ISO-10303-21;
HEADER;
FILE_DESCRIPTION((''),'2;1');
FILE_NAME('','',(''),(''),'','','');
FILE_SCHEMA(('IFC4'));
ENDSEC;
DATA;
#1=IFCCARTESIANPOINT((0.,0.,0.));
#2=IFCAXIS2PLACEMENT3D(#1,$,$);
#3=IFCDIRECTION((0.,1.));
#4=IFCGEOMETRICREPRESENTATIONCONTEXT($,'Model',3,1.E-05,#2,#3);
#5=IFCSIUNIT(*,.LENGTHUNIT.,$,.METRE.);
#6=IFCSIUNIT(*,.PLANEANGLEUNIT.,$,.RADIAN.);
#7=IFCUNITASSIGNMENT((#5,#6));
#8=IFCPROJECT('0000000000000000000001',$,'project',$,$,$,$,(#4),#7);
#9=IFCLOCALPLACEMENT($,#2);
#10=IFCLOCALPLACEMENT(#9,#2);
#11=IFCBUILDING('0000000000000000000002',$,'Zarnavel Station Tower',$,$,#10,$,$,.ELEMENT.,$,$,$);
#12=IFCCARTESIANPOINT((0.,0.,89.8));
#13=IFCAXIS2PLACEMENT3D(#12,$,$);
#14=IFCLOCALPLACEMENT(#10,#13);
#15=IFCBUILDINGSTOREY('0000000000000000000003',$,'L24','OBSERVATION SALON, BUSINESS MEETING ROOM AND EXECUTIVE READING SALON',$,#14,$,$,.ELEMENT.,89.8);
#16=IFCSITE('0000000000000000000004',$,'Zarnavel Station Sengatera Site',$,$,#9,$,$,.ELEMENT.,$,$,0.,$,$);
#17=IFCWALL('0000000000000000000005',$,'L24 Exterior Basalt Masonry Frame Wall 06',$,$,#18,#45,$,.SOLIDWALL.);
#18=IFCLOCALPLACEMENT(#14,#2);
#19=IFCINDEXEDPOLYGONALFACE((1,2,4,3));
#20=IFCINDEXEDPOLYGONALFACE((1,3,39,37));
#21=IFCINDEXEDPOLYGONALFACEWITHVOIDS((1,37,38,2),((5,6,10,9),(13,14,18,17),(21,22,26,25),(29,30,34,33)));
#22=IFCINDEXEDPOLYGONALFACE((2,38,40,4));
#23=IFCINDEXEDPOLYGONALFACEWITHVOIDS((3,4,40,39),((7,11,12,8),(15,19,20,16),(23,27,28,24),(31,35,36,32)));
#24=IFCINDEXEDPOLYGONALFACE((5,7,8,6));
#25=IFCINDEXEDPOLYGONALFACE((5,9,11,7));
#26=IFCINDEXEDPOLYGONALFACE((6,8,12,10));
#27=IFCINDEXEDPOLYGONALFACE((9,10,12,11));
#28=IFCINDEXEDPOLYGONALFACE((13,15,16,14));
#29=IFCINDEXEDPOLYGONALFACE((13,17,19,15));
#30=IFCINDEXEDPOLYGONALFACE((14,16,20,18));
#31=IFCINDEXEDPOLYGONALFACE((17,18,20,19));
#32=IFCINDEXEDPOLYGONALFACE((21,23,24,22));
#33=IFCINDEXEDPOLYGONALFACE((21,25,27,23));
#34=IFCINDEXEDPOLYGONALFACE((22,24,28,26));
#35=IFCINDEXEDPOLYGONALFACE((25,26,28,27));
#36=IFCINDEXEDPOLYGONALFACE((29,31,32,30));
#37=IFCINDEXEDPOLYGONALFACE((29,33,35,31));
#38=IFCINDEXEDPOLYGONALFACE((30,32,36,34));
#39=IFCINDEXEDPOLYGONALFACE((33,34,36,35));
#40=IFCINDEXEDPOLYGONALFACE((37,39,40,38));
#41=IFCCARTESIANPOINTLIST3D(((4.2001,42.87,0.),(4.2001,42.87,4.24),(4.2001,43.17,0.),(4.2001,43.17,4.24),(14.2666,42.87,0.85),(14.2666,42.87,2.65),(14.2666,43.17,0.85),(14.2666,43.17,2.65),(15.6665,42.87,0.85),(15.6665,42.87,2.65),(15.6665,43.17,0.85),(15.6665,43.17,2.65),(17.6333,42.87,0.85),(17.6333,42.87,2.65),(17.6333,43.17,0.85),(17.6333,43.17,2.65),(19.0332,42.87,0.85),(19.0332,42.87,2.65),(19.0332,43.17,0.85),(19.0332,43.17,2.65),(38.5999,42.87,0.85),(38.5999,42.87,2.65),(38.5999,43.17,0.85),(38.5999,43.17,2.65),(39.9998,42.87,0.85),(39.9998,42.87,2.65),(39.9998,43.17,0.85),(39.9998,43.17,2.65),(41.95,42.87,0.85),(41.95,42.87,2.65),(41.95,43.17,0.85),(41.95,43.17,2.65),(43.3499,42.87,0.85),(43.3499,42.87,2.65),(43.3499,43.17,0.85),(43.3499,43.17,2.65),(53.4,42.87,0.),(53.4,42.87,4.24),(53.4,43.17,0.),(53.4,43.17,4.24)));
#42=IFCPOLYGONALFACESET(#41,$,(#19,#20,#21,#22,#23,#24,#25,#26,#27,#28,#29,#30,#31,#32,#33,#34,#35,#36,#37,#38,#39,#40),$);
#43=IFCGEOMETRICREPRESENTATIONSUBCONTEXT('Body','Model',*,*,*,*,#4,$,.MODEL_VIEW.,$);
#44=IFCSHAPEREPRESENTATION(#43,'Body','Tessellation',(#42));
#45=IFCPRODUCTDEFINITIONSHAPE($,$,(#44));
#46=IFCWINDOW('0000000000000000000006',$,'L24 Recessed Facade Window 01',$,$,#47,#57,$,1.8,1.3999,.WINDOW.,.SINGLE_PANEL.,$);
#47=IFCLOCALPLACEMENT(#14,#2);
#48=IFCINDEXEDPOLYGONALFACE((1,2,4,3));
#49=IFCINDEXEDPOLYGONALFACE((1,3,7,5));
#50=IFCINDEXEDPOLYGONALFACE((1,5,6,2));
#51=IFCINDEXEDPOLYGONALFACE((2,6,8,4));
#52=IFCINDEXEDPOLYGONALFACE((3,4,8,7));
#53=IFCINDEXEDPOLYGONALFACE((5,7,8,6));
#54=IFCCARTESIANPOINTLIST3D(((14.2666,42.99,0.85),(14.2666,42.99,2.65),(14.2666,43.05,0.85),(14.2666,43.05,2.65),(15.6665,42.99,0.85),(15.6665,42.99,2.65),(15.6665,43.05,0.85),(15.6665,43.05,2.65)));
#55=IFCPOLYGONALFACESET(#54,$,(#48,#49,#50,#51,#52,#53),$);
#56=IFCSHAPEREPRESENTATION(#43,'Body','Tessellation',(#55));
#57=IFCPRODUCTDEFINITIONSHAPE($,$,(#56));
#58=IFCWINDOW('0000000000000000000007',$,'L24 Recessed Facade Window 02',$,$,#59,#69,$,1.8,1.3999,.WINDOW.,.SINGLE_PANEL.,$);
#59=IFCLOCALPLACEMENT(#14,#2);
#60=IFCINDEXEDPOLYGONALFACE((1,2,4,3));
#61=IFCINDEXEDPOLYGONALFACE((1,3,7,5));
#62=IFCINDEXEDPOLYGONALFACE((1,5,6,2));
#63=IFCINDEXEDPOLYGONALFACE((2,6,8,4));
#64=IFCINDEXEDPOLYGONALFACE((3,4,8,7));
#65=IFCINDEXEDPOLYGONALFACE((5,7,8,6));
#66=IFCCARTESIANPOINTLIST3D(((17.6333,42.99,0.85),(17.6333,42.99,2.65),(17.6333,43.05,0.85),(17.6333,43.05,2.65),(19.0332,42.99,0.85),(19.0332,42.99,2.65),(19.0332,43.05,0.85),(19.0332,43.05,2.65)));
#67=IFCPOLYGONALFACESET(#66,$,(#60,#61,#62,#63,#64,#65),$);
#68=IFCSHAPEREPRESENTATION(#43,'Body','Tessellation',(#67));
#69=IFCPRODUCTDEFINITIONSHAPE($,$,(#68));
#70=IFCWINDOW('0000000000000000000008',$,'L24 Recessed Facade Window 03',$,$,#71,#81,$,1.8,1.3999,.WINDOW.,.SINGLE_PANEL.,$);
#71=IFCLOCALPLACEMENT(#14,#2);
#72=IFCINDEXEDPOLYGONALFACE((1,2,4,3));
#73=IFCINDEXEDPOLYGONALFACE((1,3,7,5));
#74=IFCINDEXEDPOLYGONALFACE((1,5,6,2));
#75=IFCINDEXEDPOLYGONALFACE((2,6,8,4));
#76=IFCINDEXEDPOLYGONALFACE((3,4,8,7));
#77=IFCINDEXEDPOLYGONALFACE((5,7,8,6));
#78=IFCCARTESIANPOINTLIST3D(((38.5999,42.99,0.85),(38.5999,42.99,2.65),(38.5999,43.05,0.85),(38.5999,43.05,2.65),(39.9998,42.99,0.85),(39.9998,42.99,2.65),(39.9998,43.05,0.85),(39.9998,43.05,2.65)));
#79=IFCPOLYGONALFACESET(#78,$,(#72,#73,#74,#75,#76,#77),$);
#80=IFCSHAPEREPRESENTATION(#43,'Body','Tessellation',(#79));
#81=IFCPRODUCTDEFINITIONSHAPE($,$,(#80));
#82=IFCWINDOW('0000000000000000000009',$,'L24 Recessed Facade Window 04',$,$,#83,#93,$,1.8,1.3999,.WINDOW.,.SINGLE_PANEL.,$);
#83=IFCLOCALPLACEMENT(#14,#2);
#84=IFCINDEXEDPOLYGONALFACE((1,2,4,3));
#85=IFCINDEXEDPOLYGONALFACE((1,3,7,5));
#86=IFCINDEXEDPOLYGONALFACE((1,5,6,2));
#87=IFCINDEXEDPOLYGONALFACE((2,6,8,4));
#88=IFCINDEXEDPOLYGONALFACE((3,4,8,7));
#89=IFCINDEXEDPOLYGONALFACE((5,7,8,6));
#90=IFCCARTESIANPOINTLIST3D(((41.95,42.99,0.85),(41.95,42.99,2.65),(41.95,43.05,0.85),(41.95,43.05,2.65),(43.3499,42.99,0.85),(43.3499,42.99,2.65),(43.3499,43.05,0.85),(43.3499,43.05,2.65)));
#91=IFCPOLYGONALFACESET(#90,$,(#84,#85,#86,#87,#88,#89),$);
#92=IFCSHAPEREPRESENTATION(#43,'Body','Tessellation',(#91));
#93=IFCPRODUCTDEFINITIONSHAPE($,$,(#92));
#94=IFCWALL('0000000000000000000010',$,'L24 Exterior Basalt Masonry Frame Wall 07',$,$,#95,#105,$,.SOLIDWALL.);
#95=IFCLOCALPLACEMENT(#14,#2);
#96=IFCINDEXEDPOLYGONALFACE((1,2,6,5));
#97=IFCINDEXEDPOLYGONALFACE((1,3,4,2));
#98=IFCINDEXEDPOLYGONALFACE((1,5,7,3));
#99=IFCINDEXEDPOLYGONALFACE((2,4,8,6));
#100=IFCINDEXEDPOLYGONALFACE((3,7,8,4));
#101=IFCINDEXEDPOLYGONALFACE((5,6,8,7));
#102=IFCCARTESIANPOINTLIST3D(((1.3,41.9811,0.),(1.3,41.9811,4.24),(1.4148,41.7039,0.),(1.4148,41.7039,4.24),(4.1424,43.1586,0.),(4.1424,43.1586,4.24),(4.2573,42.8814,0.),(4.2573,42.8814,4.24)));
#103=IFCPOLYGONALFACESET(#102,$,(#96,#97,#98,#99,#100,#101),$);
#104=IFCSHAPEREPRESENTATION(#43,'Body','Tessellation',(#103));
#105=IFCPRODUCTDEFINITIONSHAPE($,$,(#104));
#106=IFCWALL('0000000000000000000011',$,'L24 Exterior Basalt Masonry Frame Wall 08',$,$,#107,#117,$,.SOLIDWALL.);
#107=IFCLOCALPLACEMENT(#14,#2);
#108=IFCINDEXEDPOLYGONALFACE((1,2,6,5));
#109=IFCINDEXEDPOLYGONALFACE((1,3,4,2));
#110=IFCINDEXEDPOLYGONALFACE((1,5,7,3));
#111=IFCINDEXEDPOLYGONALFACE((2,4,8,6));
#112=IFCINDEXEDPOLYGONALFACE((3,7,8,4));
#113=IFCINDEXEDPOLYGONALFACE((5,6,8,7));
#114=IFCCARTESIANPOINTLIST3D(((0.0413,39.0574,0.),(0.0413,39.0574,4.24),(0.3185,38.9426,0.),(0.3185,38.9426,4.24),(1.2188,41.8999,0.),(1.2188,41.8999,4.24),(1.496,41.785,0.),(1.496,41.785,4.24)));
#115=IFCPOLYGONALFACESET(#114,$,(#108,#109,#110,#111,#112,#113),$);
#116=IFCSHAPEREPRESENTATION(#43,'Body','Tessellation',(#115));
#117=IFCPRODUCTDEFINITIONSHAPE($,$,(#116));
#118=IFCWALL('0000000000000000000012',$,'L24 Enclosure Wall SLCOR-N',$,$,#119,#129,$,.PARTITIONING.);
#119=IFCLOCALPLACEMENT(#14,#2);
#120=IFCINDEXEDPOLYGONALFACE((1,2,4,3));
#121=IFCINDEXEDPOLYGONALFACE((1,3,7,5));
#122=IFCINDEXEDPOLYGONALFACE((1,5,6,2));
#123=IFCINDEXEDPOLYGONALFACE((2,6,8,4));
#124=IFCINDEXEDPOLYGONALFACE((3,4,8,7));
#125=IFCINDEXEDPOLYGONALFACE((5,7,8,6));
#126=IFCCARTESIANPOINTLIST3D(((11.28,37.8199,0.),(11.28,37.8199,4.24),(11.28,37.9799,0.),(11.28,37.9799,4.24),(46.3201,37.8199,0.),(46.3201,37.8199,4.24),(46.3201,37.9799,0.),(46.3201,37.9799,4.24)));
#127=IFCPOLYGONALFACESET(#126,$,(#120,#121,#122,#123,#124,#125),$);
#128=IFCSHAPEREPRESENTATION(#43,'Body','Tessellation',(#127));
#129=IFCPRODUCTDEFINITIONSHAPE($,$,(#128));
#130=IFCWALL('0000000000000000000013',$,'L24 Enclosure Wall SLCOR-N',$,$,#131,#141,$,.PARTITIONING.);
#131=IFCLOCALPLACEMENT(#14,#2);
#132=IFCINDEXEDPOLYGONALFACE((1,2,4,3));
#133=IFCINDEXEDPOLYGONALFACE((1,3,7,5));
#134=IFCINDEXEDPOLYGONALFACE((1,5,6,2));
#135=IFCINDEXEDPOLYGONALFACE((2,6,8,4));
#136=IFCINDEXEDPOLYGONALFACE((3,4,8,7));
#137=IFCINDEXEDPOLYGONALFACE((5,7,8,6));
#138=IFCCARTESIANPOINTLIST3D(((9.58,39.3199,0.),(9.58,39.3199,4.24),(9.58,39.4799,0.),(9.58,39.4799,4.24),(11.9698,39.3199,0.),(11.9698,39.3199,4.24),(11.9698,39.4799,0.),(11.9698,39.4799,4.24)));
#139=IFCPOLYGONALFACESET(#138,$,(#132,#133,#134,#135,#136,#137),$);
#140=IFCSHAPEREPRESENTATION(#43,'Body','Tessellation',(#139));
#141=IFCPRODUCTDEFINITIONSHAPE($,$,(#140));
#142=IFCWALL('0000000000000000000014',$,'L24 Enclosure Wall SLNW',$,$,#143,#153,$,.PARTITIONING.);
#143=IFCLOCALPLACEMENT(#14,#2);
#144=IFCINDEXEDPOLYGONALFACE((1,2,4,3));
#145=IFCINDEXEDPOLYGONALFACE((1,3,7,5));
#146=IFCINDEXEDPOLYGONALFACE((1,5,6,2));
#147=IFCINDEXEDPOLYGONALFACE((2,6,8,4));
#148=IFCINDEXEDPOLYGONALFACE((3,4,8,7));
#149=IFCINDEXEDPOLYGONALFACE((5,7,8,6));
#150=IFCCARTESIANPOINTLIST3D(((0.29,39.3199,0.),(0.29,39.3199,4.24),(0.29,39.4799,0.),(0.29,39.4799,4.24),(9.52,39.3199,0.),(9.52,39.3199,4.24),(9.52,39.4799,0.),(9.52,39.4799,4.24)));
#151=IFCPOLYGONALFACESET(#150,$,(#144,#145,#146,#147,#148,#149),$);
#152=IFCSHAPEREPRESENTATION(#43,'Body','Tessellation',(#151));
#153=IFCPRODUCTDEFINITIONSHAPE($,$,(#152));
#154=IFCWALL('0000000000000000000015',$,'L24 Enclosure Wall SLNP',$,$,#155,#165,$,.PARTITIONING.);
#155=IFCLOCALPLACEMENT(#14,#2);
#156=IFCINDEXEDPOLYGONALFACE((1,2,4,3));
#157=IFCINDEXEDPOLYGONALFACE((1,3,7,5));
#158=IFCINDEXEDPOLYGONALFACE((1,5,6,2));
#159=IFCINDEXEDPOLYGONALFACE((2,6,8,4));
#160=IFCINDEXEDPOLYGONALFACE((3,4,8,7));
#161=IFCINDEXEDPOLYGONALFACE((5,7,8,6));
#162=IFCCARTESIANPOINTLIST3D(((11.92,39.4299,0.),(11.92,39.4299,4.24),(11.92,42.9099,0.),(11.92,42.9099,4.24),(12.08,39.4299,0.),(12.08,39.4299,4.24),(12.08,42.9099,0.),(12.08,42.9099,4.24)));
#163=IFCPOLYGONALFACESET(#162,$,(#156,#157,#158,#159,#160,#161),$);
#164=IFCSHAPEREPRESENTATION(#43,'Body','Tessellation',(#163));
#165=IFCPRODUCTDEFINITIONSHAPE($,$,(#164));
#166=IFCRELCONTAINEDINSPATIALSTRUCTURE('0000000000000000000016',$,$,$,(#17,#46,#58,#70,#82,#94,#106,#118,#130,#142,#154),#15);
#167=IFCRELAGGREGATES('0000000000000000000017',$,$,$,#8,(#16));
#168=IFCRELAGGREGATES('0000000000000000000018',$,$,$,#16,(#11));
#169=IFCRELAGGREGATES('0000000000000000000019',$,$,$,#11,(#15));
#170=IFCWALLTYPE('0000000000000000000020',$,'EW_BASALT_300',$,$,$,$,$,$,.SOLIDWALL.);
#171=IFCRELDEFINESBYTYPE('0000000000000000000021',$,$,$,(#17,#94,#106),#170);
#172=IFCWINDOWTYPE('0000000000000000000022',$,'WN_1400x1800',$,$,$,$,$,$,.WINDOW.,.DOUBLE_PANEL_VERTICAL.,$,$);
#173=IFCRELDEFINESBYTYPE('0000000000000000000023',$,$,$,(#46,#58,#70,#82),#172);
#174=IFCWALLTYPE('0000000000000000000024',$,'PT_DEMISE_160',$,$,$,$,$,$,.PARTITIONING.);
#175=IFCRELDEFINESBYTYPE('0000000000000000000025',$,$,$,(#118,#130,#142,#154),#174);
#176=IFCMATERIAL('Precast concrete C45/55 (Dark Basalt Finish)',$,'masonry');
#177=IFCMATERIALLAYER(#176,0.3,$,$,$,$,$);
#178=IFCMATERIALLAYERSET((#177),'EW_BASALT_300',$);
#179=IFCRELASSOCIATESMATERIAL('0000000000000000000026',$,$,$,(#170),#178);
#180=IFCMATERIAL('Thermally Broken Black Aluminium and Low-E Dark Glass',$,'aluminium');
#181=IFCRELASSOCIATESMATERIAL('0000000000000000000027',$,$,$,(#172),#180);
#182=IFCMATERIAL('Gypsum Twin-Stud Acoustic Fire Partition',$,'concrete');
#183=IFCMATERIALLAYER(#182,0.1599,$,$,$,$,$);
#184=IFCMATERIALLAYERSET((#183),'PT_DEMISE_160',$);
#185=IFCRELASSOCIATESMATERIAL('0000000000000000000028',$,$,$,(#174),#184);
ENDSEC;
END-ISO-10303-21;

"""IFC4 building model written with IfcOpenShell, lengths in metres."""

from ifc_helpers import new_model, si_unit, direction, frame, frame_2d, origin, place, context, subcontext, project, spatial, rectangle, extrude, material, layer, layer_set, type_object, element, fill, save


model = new_model("IFC4")

# Units and contexts
model_context = context("Model", 3, precision=1e-05, world=origin(), true_north=direction((0.0, 1.0)))
body_context = subcontext(model_context, "Body", "Model", "MODEL_VIEW")
ifc_project = project(units=[si_unit("LENGTHUNIT", "METRE"), si_unit("PLANEANGLEUNIT", "RADIAN")], contexts=[model_context])

# Site, building, storey
site_placement = place(None, origin())
site = spatial("IfcSite", under=ifc_project, at=site_placement, Name="Zarnavel Station Sengatera Site", CompositionType="ELEMENT", RefElevation=0.0)
building_placement = place(site_placement, origin())
building = spatial("IfcBuilding", under=site, at=building_placement, Name="Zarnavel Station Tower", CompositionType="ELEMENT")
storey_placement = place(building_placement, frame((0.0, 0.0, 89.8)))
storey = spatial("IfcBuildingStorey", under=building, at=storey_placement, Name="L24", Description="OBSERVATION SALON, BUSINESS MEETING ROOM AND EXECUTIVE READING SALON", CompositionType="ELEMENT", Elevation=89.8)

# Wall, openings, windows
ifc_material_1 = material(Name="Precast concrete C45/55 (Dark Basalt Finish)", Category="masonry")
ifc_layer_1 = layer(ifc_material_1, 0.3)
ifc_layer_set_1 = layer_set([ifc_layer_1], Name="EW_BASALT_300")
wall_type_1 = type_object("IfcWallType", Name="EW_BASALT_300", PredefinedType="SOLIDWALL", material=ifc_layer_set_1)
wall_1_placement = place(storey_placement, frame((4.2, 43.02, 0.0), z_axis=(0.0, 0.0, 1.0), x_axis=(1.0, 0.0, 0.0)))
wall_1 = element("IfcWall", 1, at=wall_1_placement, inside=storey, type_object=wall_type_1, Name="L24 Exterior Basalt Masonry Frame Wall 06", PredefinedType="SOLIDWALL", context=body_context, shape_type="SweptSolid", body=[
    extrude(rectangle(XDim=49.2, YDim=0.3, at=frame_2d((24.6001, 0.0))), origin(), (0.0, 0.0, 1.0), 4.24),
])
opening_1_placement = place(wall_1_placement, frame((10.0667, 0.0, 0.8501)))
opening_1 = element("IfcOpeningElement", 2, at=opening_1_placement, cuts=wall_1, PredefinedType="OPENING", context=body_context, shape_type="SweptSolid", body=[
    extrude(rectangle(XDim=1.3999, YDim=1.8, at=frame_2d((0.7, 0.8999))), frame((0.0, 0.1599, 0.0), z_axis=(0.0, -1.0, 0.0), x_axis=(1.0, 0.0, 0.0)), (0.0, 0.0, 1.0), 0.3201),
])
opening_2_placement = place(wall_1_placement, frame((13.4333, 0.0, 0.8501)))
opening_2 = element("IfcOpeningElement", 3, at=opening_2_placement, cuts=wall_1, PredefinedType="OPENING", context=body_context, shape_type="SweptSolid", body=[
    extrude(rectangle(XDim=1.3999, YDim=1.8, at=frame_2d((0.7, 0.8999))), frame((0.0, 0.1599, 0.0), z_axis=(0.0, -1.0, 0.0), x_axis=(1.0, 0.0, 0.0)), (0.0, 0.0, 1.0), 0.3201),
])
opening_3_placement = place(wall_1_placement, frame((34.3999, 0.0, 0.8501)))
opening_3 = element("IfcOpeningElement", 4, at=opening_3_placement, cuts=wall_1, PredefinedType="OPENING", context=body_context, shape_type="SweptSolid", body=[
    extrude(rectangle(XDim=1.3999, YDim=1.8, at=frame_2d((0.7, 0.8999))), frame((0.0, 0.1599, 0.0), z_axis=(0.0, -1.0, 0.0), x_axis=(1.0, 0.0, 0.0)), (0.0, 0.0, 1.0), 0.3201),
])
opening_4_placement = place(wall_1_placement, frame((37.75, 0.0, 0.8501)))
opening_4 = element("IfcOpeningElement", 5, at=opening_4_placement, cuts=wall_1, PredefinedType="OPENING", context=body_context, shape_type="SweptSolid", body=[
    extrude(rectangle(XDim=1.3999, YDim=1.8, at=frame_2d((0.7, 0.8999))), frame((0.0, 0.1599, 0.0), z_axis=(0.0, -1.0, 0.0), x_axis=(1.0, 0.0, 0.0)), (0.0, 0.0, 1.0), 0.3201),
])
ifc_material_2 = material(Name="Thermally Broken Black Aluminium and Low-E Dark Glass", Category="aluminium")
window_type = type_object("IfcWindowType", Name="WN_1400x1800", PartitioningType="DOUBLE_PANEL_VERTICAL", PredefinedType="WINDOW", material=ifc_material_2)
window_1_placement = place(opening_1_placement, origin())
window_1 = element("IfcWindow", 6, at=window_1_placement, inside=storey, type_object=window_type, Name="L24 Recessed Facade Window 01", OverallHeight=1.8, OverallWidth=1.3999, PartitioningType="SINGLE_PANEL", PredefinedType="WINDOW", context=body_context, shape_type="SweptSolid", body=[
    extrude(rectangle(XDim=1.3999, YDim=1.8, at=frame_2d((0.7, 0.8999))), frame((0.0, 0.03, 0.0), z_axis=(0.0, -1.0, 0.0), x_axis=(1.0, 0.0, 0.0)), (0.0, 0.0, 1.0), 0.0601),
])
fill(opening_1, window_1)
window_2_placement = place(opening_2_placement, origin())
window_2 = element("IfcWindow", 7, at=window_2_placement, inside=storey, type_object=window_type, Name="L24 Recessed Facade Window 02", OverallHeight=1.8, OverallWidth=1.3999, PartitioningType="SINGLE_PANEL", PredefinedType="WINDOW", context=body_context, shape_type="SweptSolid", body=[
    extrude(rectangle(XDim=1.3999, YDim=1.8, at=frame_2d((0.7, 0.8999))), frame((0.0, 0.03, 0.0), z_axis=(0.0, -1.0, 0.0), x_axis=(1.0, 0.0, 0.0)), (0.0, 0.0, 1.0), 0.0601),
])
fill(opening_2, window_2)
window_3_placement = place(opening_3_placement, origin())
window_3 = element("IfcWindow", 8, at=window_3_placement, inside=storey, type_object=window_type, Name="L24 Recessed Facade Window 03", OverallHeight=1.8, OverallWidth=1.3999, PartitioningType="SINGLE_PANEL", PredefinedType="WINDOW", context=body_context, shape_type="SweptSolid", body=[
    extrude(rectangle(XDim=1.3999, YDim=1.8, at=frame_2d((0.7, 0.8999))), frame((0.0, 0.03, 0.0), z_axis=(0.0, -1.0, 0.0), x_axis=(1.0, 0.0, 0.0)), (0.0, 0.0, 1.0), 0.0601),
])
fill(opening_3, window_3)
window_4_placement = place(opening_4_placement, origin())
window_4 = element("IfcWindow", 9, at=window_4_placement, inside=storey, type_object=window_type, Name="L24 Recessed Facade Window 04", OverallHeight=1.8, OverallWidth=1.3999, PartitioningType="SINGLE_PANEL", PredefinedType="WINDOW", context=body_context, shape_type="SweptSolid", body=[
    extrude(rectangle(XDim=1.3999, YDim=1.8, at=frame_2d((0.7, 0.8999))), frame((0.0, 0.03, 0.0), z_axis=(0.0, -1.0, 0.0), x_axis=(1.0, 0.0, 0.0)), (0.0, 0.0, 1.0), 0.0601),
])
fill(opening_4, window_4)

# Walls
for number, where, z_axis, x_axis, name in (
    (10, (1.3574, 41.8425, 0.0), (0.0, 0.0, 1.0), (0.923871, 0.382705, 0.0), "L24 Exterior Basalt Masonry Frame Wall 07"),
    (11, (0.1799, 39.0, 0.0), (0.0, 0.0, 1.0), (0.382705, 0.923871, 0.0), "L24 Exterior Basalt Masonry Frame Wall 08"),
):
    element("IfcWall", number, at=place(storey_placement, frame(where, z_axis=z_axis, x_axis=x_axis)), inside=storey, type_object=wall_type_1, Name=name, PredefinedType="SOLIDWALL", context=body_context, shape_type="SweptSolid", body=[
        extrude(rectangle(XDim=3.0767, YDim=0.3, at=frame_2d((1.5383, 0.0))), origin(), (0.0, 0.0, 1.0), 4.24),
    ])
ifc_material_3 = material(Name="Gypsum Twin-Stud Acoustic Fire Partition", Category="concrete")
ifc_layer_2 = layer(ifc_material_3, 0.1599)
ifc_layer_set_2 = layer_set([ifc_layer_2], Name="PT_DEMISE_160")
wall_type_2 = type_object("IfcWallType", Name="PT_DEMISE_160", PredefinedType="PARTITIONING", material=ifc_layer_set_2)
wall_2_placement = place(storey_placement, frame((11.28, 37.8999, 0.0), z_axis=(0.0, 0.0, 1.0), x_axis=(1.0, 0.0, 0.0)))
element("IfcWall", 12, at=wall_2_placement, inside=storey, type_object=wall_type_2, Name="L24 Enclosure Wall SLCOR-N", PredefinedType="PARTITIONING", context=body_context, shape_type="SweptSolid", body=[
    extrude(rectangle(XDim=35.04, YDim=0.1599, at=frame_2d((17.52, 0.0))), origin(), (0.0, 0.0, 1.0), 4.24),
])
wall_3_placement = place(storey_placement, frame((9.5801, 39.3999, 0.0), z_axis=(0.0, 0.0, 1.0), x_axis=(1.0, 0.0, 0.0)))
element("IfcWall", 13, at=wall_3_placement, inside=storey, type_object=wall_type_2, Name="L24 Enclosure Wall SLCOR-N", PredefinedType="PARTITIONING", context=body_context, shape_type="SweptSolid", body=[
    extrude(rectangle(XDim=2.3899, YDim=0.1599, at=frame_2d((1.1948, 0.0))), origin(), (0.0, 0.0, 1.0), 4.24),
])
wall_4_placement = place(storey_placement, frame((0.29, 39.3999, 0.0), z_axis=(0.0, 0.0, 1.0), x_axis=(1.0, 0.0, 0.0)))
element("IfcWall", 14, at=wall_4_placement, inside=storey, type_object=wall_type_2, Name="L24 Enclosure Wall SLNW", PredefinedType="PARTITIONING", context=body_context, shape_type="SweptSolid", body=[
    extrude(rectangle(XDim=9.23, YDim=0.1599, at=frame_2d((4.615, 0.0))), origin(), (0.0, 0.0, 1.0), 4.24),
])
wall_5_placement = place(storey_placement, frame((12.0, 39.4299, 0.0), z_axis=(0.0, 0.0, 1.0), x_axis=(0.0, 1.0, 0.0)))
element("IfcWall", 15, at=wall_5_placement, inside=storey, type_object=wall_type_2, Name="L24 Enclosure Wall SLNP", PredefinedType="PARTITIONING", context=body_context, shape_type="SweptSolid", body=[
    extrude(rectangle(XDim=3.48, YDim=0.1599, at=frame_2d((1.74, 0.0))), origin(), (0.0, 0.0, 1.0), 4.24),
])

save(model, "model.ifc")
